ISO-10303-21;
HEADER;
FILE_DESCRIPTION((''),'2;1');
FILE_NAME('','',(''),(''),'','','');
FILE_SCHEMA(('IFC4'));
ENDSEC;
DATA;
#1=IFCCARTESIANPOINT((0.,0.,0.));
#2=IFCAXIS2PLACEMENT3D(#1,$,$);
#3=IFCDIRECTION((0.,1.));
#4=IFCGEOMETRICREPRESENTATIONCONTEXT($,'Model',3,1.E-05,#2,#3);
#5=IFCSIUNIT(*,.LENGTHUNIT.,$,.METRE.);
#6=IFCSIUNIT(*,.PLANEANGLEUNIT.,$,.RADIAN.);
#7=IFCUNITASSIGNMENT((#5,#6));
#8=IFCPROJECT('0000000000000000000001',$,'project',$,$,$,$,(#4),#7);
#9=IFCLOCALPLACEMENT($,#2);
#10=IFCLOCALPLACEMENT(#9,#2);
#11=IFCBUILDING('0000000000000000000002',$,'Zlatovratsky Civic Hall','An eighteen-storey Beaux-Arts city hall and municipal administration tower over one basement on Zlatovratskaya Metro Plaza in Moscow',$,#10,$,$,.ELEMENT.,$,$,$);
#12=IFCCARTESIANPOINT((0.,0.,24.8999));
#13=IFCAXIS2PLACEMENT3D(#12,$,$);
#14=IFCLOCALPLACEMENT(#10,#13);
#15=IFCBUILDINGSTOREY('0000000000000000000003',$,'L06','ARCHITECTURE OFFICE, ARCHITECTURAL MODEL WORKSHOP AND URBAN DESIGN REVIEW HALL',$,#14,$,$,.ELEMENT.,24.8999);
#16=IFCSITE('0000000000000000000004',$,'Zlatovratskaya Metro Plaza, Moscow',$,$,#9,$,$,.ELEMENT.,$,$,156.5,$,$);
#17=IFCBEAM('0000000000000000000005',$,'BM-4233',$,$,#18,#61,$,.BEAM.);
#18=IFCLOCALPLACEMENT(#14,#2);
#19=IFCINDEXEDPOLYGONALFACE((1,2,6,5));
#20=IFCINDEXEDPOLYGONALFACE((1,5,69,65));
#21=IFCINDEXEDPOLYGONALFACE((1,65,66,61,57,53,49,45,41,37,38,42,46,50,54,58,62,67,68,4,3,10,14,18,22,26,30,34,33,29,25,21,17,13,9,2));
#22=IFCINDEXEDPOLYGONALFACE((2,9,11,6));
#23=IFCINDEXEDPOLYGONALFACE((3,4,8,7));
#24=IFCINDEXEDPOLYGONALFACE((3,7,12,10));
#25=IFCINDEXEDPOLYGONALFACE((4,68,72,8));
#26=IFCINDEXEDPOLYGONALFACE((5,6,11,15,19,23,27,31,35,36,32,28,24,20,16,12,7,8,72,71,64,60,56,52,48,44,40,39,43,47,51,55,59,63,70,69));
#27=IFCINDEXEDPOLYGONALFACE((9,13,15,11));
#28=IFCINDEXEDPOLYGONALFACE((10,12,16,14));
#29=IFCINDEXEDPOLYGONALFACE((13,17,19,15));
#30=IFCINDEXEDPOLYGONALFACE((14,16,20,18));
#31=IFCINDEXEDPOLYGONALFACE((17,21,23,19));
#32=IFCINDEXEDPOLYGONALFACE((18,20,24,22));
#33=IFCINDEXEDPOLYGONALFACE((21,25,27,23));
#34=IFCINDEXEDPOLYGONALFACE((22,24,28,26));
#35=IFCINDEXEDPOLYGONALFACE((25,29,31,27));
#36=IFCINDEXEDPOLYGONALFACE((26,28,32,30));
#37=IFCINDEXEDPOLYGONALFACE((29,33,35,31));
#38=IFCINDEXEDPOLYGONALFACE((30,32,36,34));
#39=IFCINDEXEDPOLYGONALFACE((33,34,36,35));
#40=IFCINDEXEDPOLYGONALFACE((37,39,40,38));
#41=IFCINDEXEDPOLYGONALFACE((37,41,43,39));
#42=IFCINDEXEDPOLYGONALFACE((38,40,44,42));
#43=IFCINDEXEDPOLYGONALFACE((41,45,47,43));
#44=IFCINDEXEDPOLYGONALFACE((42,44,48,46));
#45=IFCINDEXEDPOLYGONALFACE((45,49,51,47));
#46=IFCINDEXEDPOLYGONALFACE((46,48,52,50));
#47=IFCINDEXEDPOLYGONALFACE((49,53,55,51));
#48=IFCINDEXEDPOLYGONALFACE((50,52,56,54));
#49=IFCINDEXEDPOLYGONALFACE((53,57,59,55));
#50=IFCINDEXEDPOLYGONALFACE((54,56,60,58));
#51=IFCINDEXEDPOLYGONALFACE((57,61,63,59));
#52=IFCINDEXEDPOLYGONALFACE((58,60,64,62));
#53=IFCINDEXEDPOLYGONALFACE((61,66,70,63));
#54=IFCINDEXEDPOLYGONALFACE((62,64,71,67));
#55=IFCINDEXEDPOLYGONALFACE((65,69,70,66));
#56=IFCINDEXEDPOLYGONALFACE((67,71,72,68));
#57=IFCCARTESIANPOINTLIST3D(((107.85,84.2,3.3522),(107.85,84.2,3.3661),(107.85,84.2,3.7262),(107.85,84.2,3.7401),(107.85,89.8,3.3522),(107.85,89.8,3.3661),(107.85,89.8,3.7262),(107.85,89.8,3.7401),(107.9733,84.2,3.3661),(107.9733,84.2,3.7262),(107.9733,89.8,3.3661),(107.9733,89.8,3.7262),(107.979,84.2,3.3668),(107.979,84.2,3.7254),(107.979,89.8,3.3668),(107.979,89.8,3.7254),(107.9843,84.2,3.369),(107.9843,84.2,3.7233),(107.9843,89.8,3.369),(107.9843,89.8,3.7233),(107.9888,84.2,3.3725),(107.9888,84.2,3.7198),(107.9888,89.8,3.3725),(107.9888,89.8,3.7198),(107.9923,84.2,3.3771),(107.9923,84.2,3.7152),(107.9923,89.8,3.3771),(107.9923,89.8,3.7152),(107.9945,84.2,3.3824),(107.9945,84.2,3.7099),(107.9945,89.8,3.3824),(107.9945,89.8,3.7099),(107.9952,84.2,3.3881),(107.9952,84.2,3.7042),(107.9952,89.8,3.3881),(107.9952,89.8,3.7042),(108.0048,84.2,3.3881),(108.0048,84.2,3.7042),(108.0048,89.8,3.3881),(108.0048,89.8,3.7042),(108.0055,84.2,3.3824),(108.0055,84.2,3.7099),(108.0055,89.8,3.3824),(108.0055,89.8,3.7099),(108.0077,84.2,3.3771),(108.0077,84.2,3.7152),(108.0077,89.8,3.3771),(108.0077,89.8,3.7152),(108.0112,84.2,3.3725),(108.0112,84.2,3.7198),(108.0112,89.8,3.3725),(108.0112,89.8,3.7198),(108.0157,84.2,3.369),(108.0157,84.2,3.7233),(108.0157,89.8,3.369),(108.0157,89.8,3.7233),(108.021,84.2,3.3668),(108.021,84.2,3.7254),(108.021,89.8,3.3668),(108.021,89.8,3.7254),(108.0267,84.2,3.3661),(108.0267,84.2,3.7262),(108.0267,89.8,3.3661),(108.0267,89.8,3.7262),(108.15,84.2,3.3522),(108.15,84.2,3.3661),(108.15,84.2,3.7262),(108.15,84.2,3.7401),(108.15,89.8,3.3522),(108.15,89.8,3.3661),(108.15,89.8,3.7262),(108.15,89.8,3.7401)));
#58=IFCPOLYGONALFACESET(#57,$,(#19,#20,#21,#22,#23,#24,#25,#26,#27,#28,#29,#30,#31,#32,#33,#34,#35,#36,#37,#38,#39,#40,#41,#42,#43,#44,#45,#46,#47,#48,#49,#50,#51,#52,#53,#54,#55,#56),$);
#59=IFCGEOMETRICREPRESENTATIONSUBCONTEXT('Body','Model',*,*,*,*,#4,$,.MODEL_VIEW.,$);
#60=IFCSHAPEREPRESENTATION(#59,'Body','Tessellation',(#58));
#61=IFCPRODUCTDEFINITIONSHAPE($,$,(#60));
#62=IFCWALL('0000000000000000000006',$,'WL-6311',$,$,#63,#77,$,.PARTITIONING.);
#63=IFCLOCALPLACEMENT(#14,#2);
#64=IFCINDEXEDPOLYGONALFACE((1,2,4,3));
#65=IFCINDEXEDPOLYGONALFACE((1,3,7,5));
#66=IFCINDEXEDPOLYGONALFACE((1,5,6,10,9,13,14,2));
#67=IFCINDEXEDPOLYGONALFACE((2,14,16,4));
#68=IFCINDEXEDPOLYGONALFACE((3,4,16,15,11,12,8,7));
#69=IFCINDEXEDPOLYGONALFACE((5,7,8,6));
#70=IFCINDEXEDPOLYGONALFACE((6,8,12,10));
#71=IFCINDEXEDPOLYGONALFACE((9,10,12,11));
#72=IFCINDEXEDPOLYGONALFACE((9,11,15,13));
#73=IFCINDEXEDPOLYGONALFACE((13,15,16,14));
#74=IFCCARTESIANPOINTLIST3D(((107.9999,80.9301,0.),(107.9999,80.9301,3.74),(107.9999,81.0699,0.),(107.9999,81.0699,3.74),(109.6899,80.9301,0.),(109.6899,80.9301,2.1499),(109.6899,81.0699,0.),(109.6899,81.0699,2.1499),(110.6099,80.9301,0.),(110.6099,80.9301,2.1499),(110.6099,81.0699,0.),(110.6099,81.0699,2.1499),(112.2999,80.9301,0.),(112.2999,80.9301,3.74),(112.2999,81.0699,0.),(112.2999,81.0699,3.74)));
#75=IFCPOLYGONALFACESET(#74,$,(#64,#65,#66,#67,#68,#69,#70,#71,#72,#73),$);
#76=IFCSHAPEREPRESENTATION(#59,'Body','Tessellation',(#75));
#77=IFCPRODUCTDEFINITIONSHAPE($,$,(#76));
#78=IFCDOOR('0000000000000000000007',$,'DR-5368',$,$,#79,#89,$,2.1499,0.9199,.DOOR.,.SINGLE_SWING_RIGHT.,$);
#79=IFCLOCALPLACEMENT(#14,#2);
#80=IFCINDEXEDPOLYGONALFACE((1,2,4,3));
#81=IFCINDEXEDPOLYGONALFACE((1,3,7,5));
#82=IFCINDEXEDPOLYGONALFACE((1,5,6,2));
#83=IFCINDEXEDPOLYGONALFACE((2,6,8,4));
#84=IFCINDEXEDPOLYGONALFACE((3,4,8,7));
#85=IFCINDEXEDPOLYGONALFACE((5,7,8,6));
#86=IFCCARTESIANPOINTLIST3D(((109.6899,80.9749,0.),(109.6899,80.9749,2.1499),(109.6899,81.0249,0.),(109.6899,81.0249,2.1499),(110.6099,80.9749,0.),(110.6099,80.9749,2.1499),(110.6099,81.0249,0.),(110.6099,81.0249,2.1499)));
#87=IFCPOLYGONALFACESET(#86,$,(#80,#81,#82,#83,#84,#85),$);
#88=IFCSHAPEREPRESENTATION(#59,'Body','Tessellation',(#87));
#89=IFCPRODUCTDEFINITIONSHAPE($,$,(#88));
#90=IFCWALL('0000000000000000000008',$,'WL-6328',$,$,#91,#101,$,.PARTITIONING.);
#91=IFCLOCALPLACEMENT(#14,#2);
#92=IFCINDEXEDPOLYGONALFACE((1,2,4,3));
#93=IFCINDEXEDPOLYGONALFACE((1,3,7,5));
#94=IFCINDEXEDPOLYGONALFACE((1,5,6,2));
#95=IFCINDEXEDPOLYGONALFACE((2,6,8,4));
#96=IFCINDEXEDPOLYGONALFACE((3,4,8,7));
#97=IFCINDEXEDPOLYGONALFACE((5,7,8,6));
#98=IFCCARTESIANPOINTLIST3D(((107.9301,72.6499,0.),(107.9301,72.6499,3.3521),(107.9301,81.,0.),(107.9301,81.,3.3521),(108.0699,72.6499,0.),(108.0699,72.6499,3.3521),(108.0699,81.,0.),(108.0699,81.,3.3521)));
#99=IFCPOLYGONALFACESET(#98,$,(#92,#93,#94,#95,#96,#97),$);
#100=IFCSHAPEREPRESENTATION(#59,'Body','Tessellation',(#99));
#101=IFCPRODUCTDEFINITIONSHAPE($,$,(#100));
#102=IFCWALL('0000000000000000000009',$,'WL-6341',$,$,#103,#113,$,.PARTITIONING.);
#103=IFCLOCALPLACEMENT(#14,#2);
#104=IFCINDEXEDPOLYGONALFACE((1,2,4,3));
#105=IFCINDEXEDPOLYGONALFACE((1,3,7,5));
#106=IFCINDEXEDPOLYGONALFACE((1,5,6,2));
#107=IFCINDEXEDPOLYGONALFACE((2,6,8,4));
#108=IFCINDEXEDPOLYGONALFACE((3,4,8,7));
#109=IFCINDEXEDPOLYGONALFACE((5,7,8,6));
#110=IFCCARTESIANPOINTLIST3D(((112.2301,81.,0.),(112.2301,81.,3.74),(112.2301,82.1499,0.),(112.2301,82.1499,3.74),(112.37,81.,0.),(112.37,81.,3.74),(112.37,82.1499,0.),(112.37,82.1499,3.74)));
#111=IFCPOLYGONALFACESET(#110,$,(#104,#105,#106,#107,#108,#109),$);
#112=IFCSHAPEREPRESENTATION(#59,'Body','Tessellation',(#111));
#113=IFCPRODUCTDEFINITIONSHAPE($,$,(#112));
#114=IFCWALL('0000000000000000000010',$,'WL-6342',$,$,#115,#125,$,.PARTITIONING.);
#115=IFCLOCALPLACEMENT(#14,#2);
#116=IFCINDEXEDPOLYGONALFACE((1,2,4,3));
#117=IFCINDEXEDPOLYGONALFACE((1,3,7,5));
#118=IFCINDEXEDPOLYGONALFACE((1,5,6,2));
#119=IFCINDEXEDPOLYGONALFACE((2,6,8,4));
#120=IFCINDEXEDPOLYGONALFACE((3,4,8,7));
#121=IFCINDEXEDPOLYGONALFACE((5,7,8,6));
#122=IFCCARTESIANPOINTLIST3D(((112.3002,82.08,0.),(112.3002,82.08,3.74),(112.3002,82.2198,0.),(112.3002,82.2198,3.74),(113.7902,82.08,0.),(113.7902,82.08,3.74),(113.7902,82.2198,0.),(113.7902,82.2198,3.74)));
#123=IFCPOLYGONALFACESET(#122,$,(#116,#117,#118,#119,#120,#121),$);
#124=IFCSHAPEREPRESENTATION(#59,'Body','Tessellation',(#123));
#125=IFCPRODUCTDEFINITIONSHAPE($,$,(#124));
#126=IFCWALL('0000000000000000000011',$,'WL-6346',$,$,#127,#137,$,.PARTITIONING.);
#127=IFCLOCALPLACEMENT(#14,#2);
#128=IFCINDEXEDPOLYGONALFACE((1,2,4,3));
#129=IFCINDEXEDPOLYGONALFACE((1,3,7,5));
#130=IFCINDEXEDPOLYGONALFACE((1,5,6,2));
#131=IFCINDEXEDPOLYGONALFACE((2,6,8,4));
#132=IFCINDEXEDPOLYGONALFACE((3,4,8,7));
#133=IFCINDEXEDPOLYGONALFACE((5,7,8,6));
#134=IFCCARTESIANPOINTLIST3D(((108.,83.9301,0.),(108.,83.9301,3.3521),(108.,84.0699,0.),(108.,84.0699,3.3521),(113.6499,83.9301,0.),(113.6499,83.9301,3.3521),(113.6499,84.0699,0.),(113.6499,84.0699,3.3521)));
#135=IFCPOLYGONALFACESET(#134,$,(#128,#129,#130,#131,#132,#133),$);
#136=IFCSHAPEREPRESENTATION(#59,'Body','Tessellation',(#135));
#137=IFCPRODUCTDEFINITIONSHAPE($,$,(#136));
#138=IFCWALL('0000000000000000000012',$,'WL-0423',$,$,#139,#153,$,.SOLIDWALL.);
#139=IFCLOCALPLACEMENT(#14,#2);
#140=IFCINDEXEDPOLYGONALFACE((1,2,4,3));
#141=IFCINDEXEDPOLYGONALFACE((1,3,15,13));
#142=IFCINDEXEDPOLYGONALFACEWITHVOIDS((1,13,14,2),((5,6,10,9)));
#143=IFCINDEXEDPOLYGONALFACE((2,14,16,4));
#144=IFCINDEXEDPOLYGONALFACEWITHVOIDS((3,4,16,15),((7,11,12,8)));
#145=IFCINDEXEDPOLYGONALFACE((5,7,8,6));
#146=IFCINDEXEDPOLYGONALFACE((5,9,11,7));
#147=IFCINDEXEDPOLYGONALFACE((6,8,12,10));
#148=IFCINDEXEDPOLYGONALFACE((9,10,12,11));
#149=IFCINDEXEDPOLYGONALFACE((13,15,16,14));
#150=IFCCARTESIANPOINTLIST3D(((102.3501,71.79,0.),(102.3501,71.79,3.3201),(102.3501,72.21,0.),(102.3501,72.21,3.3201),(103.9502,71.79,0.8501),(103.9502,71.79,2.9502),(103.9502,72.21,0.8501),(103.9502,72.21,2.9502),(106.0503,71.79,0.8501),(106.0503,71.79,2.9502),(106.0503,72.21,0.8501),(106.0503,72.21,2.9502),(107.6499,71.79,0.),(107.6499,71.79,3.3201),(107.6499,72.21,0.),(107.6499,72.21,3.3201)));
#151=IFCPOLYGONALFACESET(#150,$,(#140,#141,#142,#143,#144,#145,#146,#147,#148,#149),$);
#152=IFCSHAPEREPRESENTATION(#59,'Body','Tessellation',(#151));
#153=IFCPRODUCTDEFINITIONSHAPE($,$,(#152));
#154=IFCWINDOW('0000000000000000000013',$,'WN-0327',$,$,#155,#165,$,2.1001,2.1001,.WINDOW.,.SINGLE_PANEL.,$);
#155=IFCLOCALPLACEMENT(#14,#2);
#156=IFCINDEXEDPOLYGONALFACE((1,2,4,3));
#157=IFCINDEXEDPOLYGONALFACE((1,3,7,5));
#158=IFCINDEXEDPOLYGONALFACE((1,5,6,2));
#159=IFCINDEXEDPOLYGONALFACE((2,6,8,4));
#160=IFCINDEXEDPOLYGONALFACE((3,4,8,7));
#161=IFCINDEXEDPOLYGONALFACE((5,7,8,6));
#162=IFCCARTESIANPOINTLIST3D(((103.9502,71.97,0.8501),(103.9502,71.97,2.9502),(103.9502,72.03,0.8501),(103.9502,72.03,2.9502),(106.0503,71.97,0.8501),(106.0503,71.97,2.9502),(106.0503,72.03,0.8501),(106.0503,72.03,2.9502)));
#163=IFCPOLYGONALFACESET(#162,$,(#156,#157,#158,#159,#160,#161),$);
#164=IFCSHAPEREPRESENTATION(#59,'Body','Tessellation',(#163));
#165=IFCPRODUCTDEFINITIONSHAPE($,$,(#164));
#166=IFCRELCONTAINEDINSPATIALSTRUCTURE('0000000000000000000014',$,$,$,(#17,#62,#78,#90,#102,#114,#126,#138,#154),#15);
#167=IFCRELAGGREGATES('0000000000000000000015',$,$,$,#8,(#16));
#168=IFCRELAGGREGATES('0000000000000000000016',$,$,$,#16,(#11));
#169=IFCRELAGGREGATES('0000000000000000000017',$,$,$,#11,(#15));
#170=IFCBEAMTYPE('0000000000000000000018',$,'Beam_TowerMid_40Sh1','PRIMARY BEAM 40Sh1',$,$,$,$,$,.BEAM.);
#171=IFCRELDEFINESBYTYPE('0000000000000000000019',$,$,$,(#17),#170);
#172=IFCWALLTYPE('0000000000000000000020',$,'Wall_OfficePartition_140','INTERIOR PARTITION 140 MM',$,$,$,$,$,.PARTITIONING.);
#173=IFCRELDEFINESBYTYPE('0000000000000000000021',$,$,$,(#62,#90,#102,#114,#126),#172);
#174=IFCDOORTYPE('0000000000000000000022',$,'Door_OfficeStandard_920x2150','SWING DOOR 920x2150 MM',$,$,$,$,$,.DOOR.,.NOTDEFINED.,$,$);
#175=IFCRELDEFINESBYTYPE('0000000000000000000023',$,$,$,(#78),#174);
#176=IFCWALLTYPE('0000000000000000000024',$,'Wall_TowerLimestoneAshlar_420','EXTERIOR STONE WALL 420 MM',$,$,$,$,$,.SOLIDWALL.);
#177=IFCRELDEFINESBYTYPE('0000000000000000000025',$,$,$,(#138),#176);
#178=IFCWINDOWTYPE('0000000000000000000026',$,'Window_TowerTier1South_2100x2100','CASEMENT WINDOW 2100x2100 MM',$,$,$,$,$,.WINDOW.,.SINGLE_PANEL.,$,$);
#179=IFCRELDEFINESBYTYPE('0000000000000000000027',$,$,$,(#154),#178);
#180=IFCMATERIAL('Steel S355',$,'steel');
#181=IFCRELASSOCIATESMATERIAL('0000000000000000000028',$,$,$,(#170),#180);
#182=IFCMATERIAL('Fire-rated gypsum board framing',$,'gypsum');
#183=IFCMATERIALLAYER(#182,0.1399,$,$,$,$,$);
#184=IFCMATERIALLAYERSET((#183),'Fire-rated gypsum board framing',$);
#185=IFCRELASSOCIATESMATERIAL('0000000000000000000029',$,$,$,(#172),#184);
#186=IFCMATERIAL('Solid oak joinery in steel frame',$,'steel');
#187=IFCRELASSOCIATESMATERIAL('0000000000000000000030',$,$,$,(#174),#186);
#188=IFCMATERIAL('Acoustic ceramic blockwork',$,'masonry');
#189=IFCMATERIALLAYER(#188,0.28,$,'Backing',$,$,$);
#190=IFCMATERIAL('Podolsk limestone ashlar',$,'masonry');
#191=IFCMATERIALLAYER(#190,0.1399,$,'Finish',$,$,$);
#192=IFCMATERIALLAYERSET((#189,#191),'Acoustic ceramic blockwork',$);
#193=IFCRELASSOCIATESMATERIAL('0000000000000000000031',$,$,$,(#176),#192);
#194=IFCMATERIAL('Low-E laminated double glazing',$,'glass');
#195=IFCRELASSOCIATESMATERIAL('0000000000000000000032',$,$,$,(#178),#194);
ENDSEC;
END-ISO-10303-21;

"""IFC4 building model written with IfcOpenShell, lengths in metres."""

from ifc_helpers import new_model, si_unit, direction, frame, frame_2d, origin, origin_2d, place, context, subcontext, project, spatial, rectangle, i_section, extrude, material, layer, layer_set, material_profile, profile_set, type_object, element, fill, save


model = new_model("IFC4")

# Units and contexts
model_context = context("Model", 3, precision=1e-05, world=origin(), true_north=direction((0.0, 1.0)))
body_context = subcontext(model_context, "Body", "Model", "MODEL_VIEW")
ifc_project = project(units=[si_unit("LENGTHUNIT", "METRE"), si_unit("PLANEANGLEUNIT", "RADIAN")], contexts=[model_context])

# Site, building, storey
site_placement = place(None, origin())
site = spatial("IfcSite", under=ifc_project, at=site_placement, Name="Zlatovratskaya Metro Plaza, Moscow", CompositionType="ELEMENT", RefElevation=156.5)
building_placement = place(site_placement, origin())
building = spatial("IfcBuilding", under=site, at=building_placement, Name="Zlatovratsky Civic Hall", Description="An eighteen-storey Beaux-Arts city hall and municipal administration tower over one basement on Zlatovratskaya Metro Plaza in Moscow", CompositionType="ELEMENT")
storey_placement = place(building_placement, frame((0.0, 0.0, 24.8999)))
storey = spatial("IfcBuildingStorey", under=building, at=storey_placement, Name="L06", Description="ARCHITECTURE OFFICE, ARCHITECTURAL MODEL WORKSHOP AND URBAN DESIGN REVIEW HALL", CompositionType="ELEMENT", Elevation=24.8999)

# Shared definitions
ifc_material_1 = material(Name="Steel S355", Category="steel")

# Beam
ifc_material_profile_1 = material_profile(ifc_material_1, i_section(OverallWidth=0.3, OverallDepth=0.3879, WebThickness=0.0095, FlangeThickness=0.0139, FilletRadius=0.022, at=origin_2d()), Name="40Sh1")
ifc_profile_set_1 = profile_set([ifc_material_profile_1], Name="Steel S355")
beam_type_1 = type_object("IfcBeamType", Name="Beam_TowerMid_40Sh1", Description="PRIMARY BEAM 40Sh1", PredefinedType="BEAM", material=ifc_profile_set_1)
for number, where, z_axis, x_axis, name in (
    (1, (108.0, 84.2, 3.5461), (0.0, 1.0, 0.0), (-1.0, 0.0, 0.0), "BM-4233"),
):
    element("IfcBeam", number, at=place(storey_placement, frame(where, z_axis=z_axis, x_axis=x_axis)), inside=storey, type_object=beam_type_1, Name=name, PredefinedType="BEAM", context=body_context, shape_type="SweptSolid", body=[
        extrude(i_section(OverallWidth=0.3, OverallDepth=0.3879, WebThickness=0.0095, FlangeThickness=0.0139, FilletRadius=0.022, at=origin_2d()), origin(), (0.0, 0.0, 1.0), 5.6001),
    ])

# Wall, opening, door
ifc_material_2 = material(Name="Fire-rated gypsum board framing", Category="gypsum")
ifc_layer_1 = layer(ifc_material_2, 0.1399)
ifc_layer_set_1 = layer_set([ifc_layer_1], Name="Fire-rated gypsum board framing")
wall_type_1 = type_object("IfcWallType", Name="Wall_OfficePartition_140", Description="INTERIOR PARTITION 140 MM", PredefinedType="PARTITIONING", material=ifc_layer_set_1)
wall_1_placement = place(storey_placement, frame((108.0, 81.0, 0.0), z_axis=(0.0, 0.0, 1.0), x_axis=(1.0, 0.0, 0.0)))
wall_1 = element("IfcWall", 2, at=wall_1_placement, inside=storey, type_object=wall_type_1, Name="WL-6311", PredefinedType="PARTITIONING", context=body_context, shape_type="SweptSolid", body=[
    extrude(rectangle(XDim=4.3, YDim=0.1399, at=frame_2d((2.1499, 0.0))), origin(), (0.0, 0.0, 1.0), 3.74),
])
opening_1_placement = place(wall_1_placement, frame((1.6899, 0.0, 0.0)))
opening_1 = element("IfcOpeningElement", 3, at=opening_1_placement, cuts=wall_1, PredefinedType="OPENING", context=body_context, shape_type="SweptSolid", body=[
    extrude(rectangle(XDim=0.9199, YDim=2.1499, at=frame_2d((0.46, 1.075))), frame((0.0, 0.085, 0.0), z_axis=(0.0, -1.0, 0.0), x_axis=(1.0, 0.0, 0.0)), (0.0, 0.0, 1.0), 0.1697),
])
ifc_material_3 = material(Name="Solid oak joinery in steel frame", Category="steel")
door_type = type_object("IfcDoorType", Name="Door_OfficeStandard_920x2150", Description="SWING DOOR 920x2150 MM", OperationType="NOTDEFINED", PredefinedType="DOOR", material=ifc_material_3)
door_placement = place(opening_1_placement, origin())
door = element("IfcDoor", 4, at=door_placement, inside=storey, type_object=door_type, Name="DR-5368", OperationType="SINGLE_SWING_RIGHT", OverallHeight=2.1499, OverallWidth=0.9199, PredefinedType="DOOR", context=body_context, shape_type="SweptSolid", body=[
    extrude(rectangle(XDim=0.9199, YDim=2.1499, at=frame_2d((0.46, 1.075))), frame((0.0, 0.0249, 0.0), z_axis=(0.0, -1.0, 0.0), x_axis=(1.0, 0.0, 0.0)), (0.0, 0.0, 1.0), 0.05),
])
fill(opening_1, door)

# Walls
wall_2_placement = place(storey_placement, frame((108.0, 72.6499, 0.0), z_axis=(0.0, 0.0, 1.0), x_axis=(0.0, 1.0, 0.0)))
element("IfcWall", 5, at=wall_2_placement, inside=storey, type_object=wall_type_1, Name="WL-6328", PredefinedType="PARTITIONING", context=body_context, shape_type="SweptSolid", body=[
    extrude(rectangle(XDim=8.3501, YDim=0.1399, at=frame_2d((4.175, 0.0))), origin(), (0.0, 0.0, 1.0), 3.3521),
])
wall_3_placement = place(storey_placement, frame((112.3, 81.0, 0.0), z_axis=(0.0, 0.0, 1.0), x_axis=(0.0, 1.0, 0.0)))
element("IfcWall", 6, at=wall_3_placement, inside=storey, type_object=wall_type_1, Name="WL-6341", PredefinedType="PARTITIONING", context=body_context, shape_type="SweptSolid", body=[
    extrude(rectangle(XDim=1.1499, YDim=0.1399, at=frame_2d((0.575, 0.0))), origin(), (0.0, 0.0, 1.0), 3.74),
])
wall_4_placement = place(storey_placement, frame((112.3, 82.1499, 0.0), z_axis=(0.0, 0.0, 1.0), x_axis=(1.0, 0.0, 0.0)))
element("IfcWall", 7, at=wall_4_placement, inside=storey, type_object=wall_type_1, Name="WL-6342", PredefinedType="PARTITIONING", context=body_context, shape_type="SweptSolid", body=[
    extrude(rectangle(XDim=1.49, YDim=0.1399, at=frame_2d((0.7451, 0.0))), origin(), (0.0, 0.0, 1.0), 3.74),
])
wall_5_placement = place(storey_placement, frame((108.0, 84.0, 0.0), z_axis=(0.0, 0.0, 1.0), x_axis=(1.0, 0.0, 0.0)))
element("IfcWall", 8, at=wall_5_placement, inside=storey, type_object=wall_type_1, Name="WL-6346", PredefinedType="PARTITIONING", context=body_context, shape_type="SweptSolid", body=[
    extrude(rectangle(XDim=5.6499, YDim=0.1399, at=frame_2d((2.825, 0.0))), origin(), (0.0, 0.0, 1.0), 3.3521),
])

# Wall, opening, window
ifc_material_4 = material(Name="Acoustic ceramic blockwork", Category="masonry")
ifc_layer_2 = layer(ifc_material_4, 0.28, Name="Backing")
ifc_material_5 = material(Name="Podolsk limestone ashlar", Category="masonry")
ifc_layer_3 = layer(ifc_material_5, 0.1399, Name="Finish")
ifc_layer_set_2 = layer_set([ifc_layer_2, ifc_layer_3], Name="Acoustic ceramic blockwork")
wall_type_2 = type_object("IfcWallType", Name="Wall_TowerLimestoneAshlar_420", Description="EXTERIOR STONE WALL 420 MM", PredefinedType="SOLIDWALL", material=ifc_layer_set_2)
wall_6_placement = place(storey_placement, frame((102.3501, 72.0, 0.0), z_axis=(0.0, 0.0, 1.0), x_axis=(1.0, 0.0, 0.0)))
wall_6 = element("IfcWall", 9, at=wall_6_placement, inside=storey, type_object=wall_type_2, Name="WL-0423", PredefinedType="SOLIDWALL", context=body_context, shape_type="SweptSolid", body=[
    extrude(rectangle(XDim=5.2998, YDim=0.4199, at=frame_2d((2.6499, 0.0))), origin(), (0.0, 0.0, 1.0), 3.3201),
])
opening_2_placement = place(wall_6_placement, frame((1.6001, 0.0, 0.8501)))
opening_2 = element("IfcOpeningElement", 10, at=opening_2_placement, cuts=wall_6, PredefinedType="OPENING", context=body_context, shape_type="SweptSolid", body=[
    extrude(rectangle(XDim=2.1001, YDim=2.1001, at=frame_2d((1.05, 1.05))), frame((0.0, 0.2249, 0.0), z_axis=(0.0, -1.0, 0.0), x_axis=(1.0, 0.0, 0.0)), (0.0, 0.0, 1.0), 0.4497),
])
ifc_material_6 = material(Name="Low-E laminated double glazing", Category="glass")
window_type_1 = type_object("IfcWindowType", Name="Window_TowerTier1South_2100x2100", Description="CASEMENT WINDOW 2100x2100 MM", PartitioningType="SINGLE_PANEL", PredefinedType="WINDOW", material=ifc_material_6)
window_1_placement = place(opening_2_placement, origin())
window_1 = element("IfcWindow", 11, at=window_1_placement, inside=storey, type_object=window_type_1, Name="WN-0327", OverallHeight=2.1001, OverallWidth=2.1001, PartitioningType="SINGLE_PANEL", PredefinedType="WINDOW", context=body_context, shape_type="SweptSolid", body=[
    extrude(rectangle(XDim=2.1001, YDim=2.1001, at=frame_2d((1.05, 1.05))), frame((0.0, 0.03, 0.0), z_axis=(0.0, -1.0, 0.0), x_axis=(1.0, 0.0, 0.0)), (0.0, 0.0, 1.0), 0.0601),
])
fill(opening_2, window_1)

save(model, "model.ifc")
